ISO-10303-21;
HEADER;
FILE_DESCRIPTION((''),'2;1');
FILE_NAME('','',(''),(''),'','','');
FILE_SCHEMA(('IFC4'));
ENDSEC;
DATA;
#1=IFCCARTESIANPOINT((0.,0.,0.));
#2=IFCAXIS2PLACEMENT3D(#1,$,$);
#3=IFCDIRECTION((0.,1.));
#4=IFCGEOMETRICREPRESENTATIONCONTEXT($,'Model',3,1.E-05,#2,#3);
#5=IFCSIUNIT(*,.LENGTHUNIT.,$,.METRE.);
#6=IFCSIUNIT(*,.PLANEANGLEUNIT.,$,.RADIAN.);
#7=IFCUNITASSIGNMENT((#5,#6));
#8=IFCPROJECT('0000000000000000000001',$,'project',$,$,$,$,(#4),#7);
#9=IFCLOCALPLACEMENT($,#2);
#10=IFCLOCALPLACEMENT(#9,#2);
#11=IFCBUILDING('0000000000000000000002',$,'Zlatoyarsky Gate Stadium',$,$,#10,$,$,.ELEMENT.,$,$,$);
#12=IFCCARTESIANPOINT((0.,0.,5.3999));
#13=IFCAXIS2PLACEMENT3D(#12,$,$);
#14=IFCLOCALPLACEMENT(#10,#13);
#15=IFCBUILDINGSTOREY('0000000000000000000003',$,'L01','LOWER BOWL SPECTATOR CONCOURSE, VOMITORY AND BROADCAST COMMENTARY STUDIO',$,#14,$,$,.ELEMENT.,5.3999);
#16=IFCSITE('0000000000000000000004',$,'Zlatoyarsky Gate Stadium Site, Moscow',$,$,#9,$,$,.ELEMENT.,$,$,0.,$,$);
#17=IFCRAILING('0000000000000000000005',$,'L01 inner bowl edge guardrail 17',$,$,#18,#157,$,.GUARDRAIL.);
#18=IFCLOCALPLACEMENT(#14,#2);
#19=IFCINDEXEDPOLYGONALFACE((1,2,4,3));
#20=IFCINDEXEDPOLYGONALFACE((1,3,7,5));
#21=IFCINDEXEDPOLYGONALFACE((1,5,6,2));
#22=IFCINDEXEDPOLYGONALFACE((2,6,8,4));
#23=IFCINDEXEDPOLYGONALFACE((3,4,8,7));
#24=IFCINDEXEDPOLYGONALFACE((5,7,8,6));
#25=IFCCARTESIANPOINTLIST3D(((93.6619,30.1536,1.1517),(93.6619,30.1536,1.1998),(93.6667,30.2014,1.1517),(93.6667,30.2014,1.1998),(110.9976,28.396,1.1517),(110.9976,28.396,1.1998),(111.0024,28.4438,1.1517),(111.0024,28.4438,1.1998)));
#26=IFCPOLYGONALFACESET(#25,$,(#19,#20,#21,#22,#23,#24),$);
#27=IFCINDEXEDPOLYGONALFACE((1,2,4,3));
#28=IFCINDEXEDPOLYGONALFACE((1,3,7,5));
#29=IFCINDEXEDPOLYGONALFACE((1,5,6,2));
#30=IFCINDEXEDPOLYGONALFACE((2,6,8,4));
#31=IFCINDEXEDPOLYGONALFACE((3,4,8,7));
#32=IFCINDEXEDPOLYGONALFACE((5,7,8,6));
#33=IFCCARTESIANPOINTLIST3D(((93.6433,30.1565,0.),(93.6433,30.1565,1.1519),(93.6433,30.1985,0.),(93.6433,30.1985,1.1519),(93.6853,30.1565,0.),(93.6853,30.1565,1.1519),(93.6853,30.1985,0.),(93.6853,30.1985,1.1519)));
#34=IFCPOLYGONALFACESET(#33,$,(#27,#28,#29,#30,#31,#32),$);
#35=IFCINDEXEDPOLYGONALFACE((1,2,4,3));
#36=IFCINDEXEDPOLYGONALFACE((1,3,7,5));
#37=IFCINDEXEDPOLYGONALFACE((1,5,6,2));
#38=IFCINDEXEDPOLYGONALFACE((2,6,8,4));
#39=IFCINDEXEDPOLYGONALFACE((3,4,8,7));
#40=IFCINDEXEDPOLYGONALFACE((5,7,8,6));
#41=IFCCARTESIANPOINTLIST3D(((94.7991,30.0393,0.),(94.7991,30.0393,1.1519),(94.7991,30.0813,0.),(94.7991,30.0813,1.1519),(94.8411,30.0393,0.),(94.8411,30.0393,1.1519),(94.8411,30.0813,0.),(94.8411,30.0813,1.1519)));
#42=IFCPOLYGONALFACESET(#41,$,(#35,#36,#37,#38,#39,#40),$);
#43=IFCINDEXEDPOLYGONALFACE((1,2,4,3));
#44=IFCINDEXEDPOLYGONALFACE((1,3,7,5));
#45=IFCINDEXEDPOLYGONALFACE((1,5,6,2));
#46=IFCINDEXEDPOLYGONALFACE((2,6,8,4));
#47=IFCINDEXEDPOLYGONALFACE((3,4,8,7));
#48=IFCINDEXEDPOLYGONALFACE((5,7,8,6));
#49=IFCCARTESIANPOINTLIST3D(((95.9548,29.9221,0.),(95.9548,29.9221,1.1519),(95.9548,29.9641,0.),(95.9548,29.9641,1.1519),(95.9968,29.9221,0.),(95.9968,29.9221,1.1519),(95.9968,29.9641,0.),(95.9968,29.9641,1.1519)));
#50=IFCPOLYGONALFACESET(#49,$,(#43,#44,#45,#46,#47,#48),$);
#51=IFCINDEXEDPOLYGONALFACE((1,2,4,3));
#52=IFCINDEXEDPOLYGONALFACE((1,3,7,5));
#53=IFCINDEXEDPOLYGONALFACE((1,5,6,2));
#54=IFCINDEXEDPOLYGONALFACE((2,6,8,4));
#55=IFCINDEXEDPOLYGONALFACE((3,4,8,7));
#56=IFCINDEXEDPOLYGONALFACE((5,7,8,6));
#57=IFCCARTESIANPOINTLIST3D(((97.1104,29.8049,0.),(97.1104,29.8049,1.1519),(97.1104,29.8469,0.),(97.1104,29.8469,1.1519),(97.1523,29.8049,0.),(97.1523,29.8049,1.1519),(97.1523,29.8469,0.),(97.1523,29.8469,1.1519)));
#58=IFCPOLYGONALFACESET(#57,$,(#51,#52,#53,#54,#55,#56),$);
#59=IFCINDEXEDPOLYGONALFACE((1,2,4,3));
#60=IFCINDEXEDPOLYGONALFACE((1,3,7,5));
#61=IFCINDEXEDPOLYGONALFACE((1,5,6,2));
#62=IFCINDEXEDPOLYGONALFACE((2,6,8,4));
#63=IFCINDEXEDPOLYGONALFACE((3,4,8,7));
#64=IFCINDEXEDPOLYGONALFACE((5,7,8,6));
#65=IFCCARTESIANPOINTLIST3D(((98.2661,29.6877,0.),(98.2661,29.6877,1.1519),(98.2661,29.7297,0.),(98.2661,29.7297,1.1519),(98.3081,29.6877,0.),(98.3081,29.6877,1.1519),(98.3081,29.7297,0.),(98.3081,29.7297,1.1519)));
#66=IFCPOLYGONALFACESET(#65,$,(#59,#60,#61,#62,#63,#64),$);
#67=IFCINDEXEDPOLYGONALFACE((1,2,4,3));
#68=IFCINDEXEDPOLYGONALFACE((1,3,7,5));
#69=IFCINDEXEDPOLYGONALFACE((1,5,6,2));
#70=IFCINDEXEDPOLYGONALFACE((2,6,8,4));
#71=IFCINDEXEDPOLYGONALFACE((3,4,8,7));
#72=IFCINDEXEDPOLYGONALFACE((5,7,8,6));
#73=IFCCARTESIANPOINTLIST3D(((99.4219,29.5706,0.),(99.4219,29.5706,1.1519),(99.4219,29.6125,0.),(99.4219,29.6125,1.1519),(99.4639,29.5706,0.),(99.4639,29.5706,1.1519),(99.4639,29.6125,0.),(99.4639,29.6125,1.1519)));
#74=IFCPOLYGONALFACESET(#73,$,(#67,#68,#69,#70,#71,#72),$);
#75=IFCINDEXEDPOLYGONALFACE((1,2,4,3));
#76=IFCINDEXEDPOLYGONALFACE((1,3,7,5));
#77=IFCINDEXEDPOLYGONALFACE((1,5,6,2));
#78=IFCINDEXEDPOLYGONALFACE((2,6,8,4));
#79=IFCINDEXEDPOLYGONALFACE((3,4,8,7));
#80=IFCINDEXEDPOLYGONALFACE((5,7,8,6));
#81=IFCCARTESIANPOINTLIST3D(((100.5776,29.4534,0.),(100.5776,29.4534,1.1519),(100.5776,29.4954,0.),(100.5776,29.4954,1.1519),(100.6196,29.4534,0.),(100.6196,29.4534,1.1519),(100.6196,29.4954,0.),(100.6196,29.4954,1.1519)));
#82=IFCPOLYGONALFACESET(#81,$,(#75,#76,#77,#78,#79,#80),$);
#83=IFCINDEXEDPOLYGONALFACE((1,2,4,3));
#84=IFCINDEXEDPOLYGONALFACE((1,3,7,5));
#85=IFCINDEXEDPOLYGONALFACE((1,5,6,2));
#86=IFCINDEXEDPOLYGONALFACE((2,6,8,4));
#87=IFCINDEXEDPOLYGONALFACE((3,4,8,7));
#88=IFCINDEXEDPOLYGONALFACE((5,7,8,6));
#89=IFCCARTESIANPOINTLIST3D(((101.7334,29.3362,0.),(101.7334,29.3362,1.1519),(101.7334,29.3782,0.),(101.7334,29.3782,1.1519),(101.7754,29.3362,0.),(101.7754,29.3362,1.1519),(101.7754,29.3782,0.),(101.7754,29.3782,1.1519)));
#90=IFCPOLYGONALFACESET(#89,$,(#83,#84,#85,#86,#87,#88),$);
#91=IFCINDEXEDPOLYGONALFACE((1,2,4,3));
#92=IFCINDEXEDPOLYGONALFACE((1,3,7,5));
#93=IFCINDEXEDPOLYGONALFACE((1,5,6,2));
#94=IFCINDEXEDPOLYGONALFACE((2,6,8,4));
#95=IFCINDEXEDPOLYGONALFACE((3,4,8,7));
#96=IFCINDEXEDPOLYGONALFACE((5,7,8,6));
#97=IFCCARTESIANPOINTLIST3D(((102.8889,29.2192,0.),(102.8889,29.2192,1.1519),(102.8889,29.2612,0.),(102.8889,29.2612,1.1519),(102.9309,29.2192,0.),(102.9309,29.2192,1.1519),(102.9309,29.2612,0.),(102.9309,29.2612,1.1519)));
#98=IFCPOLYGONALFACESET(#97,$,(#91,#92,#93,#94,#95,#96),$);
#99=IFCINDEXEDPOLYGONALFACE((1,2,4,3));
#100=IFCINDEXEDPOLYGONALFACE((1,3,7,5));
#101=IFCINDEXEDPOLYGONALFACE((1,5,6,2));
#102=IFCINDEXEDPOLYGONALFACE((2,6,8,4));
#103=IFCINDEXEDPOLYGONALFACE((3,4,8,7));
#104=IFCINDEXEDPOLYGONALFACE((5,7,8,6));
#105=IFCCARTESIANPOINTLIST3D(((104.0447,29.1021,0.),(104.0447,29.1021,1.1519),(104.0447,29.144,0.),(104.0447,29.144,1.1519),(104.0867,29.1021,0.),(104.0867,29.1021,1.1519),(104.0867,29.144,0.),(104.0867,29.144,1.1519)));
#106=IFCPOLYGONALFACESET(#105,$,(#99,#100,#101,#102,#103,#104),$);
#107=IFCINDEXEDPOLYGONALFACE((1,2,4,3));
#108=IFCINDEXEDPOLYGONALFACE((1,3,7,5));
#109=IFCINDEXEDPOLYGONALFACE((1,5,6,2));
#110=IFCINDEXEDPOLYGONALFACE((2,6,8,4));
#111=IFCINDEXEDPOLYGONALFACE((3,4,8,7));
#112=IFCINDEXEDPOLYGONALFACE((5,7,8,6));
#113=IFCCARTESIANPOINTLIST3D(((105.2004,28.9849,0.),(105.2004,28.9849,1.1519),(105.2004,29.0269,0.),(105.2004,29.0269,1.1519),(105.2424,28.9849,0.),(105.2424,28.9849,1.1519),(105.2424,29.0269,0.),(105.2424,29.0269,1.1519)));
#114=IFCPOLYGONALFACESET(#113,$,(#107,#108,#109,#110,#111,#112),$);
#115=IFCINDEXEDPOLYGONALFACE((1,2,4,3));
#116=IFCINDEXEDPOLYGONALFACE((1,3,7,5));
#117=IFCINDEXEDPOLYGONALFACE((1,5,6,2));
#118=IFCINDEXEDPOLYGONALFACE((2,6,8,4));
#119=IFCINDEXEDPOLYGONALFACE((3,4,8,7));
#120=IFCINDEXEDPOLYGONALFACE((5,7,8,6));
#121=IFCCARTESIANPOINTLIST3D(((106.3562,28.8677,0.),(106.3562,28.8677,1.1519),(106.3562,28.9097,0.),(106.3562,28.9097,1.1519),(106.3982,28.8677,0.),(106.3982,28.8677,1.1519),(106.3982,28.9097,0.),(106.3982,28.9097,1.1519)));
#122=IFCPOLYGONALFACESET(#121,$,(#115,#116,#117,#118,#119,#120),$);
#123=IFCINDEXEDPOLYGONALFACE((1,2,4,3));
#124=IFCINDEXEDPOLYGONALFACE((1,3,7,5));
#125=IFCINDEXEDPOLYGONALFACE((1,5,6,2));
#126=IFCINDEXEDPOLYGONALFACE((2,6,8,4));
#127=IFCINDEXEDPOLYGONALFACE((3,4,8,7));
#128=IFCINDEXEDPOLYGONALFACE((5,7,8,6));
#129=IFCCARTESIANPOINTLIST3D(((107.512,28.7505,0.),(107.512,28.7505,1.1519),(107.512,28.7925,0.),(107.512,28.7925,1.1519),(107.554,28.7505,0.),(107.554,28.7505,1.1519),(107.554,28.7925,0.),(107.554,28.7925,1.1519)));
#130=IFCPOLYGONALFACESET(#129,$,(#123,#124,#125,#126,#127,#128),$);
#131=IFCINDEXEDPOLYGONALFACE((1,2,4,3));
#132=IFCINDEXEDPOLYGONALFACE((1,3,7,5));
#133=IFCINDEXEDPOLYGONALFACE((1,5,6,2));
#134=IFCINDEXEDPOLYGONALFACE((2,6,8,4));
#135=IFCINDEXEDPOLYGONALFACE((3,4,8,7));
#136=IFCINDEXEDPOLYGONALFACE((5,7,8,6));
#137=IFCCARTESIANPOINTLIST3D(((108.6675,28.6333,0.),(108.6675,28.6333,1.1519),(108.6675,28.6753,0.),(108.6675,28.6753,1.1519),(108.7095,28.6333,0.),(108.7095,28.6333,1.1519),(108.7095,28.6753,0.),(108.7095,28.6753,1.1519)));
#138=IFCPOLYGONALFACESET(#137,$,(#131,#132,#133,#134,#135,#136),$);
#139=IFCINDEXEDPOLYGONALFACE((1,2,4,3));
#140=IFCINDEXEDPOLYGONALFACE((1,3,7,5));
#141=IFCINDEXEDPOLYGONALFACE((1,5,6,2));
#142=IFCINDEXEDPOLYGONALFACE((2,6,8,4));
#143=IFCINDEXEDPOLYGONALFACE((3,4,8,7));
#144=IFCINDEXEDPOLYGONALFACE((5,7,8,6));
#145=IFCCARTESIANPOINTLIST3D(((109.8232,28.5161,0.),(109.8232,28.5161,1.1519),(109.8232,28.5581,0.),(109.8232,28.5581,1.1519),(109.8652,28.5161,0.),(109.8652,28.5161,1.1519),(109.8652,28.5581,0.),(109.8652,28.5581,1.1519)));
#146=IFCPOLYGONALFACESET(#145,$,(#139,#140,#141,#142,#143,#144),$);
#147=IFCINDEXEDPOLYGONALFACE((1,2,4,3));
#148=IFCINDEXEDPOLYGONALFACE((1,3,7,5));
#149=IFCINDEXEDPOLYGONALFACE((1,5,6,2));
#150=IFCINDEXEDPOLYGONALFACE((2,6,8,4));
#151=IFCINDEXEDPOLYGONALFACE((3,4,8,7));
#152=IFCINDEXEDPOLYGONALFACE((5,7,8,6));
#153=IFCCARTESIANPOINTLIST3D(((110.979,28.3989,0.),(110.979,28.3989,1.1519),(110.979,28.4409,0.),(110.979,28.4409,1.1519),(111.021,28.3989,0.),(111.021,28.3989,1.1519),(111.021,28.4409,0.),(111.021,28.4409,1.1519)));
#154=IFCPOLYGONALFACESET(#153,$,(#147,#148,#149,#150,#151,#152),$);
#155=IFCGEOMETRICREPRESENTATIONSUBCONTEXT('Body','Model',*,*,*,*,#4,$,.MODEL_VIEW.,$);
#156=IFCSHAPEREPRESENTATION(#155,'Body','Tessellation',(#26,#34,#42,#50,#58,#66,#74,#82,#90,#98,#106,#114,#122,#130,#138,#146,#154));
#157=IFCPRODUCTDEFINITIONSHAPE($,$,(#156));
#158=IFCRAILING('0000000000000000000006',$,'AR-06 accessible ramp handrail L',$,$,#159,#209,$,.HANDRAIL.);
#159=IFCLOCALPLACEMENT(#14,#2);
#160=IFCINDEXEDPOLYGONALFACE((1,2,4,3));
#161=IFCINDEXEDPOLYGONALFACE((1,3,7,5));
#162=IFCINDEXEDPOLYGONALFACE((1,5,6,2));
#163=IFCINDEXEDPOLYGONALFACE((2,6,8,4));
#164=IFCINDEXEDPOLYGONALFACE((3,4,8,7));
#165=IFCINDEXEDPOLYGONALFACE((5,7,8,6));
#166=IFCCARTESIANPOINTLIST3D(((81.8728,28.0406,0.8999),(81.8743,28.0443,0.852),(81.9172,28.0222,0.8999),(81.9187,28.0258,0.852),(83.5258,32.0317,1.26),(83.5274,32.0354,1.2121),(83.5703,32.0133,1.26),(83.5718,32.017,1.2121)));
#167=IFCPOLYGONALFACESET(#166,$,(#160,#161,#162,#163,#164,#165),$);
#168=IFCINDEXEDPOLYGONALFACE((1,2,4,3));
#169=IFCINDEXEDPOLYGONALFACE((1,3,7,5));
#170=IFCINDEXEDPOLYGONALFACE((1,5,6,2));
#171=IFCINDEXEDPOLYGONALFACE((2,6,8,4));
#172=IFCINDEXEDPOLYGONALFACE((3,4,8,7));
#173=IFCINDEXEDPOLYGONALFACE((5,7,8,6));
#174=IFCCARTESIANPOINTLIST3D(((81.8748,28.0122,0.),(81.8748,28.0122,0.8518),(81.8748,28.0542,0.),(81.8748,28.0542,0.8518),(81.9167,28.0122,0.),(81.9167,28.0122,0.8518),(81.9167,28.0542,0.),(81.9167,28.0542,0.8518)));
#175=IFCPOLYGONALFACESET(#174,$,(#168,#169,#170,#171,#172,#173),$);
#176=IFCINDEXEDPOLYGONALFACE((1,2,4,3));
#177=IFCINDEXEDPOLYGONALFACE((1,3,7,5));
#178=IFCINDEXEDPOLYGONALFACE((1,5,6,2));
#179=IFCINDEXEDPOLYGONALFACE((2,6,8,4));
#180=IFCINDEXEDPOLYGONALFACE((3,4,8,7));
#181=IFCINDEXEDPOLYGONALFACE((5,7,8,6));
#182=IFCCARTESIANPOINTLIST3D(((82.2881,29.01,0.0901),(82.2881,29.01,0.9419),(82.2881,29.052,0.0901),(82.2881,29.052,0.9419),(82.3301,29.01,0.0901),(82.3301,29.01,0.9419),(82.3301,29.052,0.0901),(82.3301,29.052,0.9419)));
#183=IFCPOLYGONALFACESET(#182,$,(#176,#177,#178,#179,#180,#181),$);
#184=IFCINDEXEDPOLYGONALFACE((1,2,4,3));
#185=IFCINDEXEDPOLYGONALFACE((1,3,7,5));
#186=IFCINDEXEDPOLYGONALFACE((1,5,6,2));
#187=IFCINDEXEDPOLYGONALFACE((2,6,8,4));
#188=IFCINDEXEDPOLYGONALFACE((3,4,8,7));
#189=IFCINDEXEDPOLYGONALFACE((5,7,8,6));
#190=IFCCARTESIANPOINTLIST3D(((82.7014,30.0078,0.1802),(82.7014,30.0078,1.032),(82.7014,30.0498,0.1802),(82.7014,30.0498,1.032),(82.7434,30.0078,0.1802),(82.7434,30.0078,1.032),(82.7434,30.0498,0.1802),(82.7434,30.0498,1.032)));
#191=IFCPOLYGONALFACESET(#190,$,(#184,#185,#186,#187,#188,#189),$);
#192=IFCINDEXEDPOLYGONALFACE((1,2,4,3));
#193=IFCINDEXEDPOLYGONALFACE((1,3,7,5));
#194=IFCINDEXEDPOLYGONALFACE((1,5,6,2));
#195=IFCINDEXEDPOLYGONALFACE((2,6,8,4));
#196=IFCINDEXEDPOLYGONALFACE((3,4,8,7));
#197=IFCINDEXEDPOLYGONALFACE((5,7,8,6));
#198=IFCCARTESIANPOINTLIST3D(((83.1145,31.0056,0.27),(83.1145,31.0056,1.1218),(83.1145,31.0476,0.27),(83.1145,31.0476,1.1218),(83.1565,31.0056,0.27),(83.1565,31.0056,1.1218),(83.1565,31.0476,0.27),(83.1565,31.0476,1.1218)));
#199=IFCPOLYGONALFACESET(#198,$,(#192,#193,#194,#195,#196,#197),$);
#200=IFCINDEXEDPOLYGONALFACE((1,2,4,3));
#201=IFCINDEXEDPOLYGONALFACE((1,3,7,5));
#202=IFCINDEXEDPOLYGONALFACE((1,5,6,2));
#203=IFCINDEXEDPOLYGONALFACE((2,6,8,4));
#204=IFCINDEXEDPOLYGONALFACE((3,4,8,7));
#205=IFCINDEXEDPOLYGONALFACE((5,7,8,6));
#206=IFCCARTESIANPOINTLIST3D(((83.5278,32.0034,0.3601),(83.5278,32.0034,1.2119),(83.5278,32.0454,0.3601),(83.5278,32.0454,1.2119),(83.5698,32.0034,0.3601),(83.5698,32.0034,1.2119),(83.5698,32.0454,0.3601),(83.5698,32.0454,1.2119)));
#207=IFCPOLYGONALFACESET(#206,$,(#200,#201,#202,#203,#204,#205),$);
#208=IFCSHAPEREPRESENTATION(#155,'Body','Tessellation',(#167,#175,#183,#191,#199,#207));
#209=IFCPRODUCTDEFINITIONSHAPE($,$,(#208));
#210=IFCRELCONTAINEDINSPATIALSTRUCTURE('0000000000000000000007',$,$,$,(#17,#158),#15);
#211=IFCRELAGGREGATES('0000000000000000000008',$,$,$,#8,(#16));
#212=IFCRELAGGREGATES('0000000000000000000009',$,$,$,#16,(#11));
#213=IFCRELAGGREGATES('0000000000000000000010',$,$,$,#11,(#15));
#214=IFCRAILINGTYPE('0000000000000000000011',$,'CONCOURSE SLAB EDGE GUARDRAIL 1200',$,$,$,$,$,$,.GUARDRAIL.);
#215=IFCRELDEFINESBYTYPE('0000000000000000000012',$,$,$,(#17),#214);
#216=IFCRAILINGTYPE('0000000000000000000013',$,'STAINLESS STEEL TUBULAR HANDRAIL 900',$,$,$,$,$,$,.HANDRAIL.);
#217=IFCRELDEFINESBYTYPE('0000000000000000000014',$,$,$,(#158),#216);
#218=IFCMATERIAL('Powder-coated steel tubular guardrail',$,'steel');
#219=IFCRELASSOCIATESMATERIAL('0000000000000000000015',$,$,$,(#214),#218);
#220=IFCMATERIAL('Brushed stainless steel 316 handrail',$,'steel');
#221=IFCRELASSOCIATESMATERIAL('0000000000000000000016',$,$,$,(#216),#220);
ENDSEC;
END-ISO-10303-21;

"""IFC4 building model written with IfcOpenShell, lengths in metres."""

from ifc_helpers import new_model, si_unit, direction, frame, origin, origin_2d, place, context, subcontext, project, spatial, rectangle, extrude, material, type_object, element, save


model = new_model("IFC4")

# Units and contexts
model_context = context("Model", 3, precision=1e-05, world=origin(), true_north=direction((0.0, 1.0)))
body_context = subcontext(model_context, "Body", "Model", "MODEL_VIEW")
ifc_project = project(units=[si_unit("LENGTHUNIT", "METRE"), si_unit("PLANEANGLEUNIT", "RADIAN")], contexts=[model_context])

# Site, building, storey
site_placement = place(None, origin())
site = spatial("IfcSite", under=ifc_project, at=site_placement, Name="Zlatoyarsky Gate Stadium Site, Moscow", CompositionType="ELEMENT", RefElevation=0.0)
building_placement = place(site_placement, origin())
building = spatial("IfcBuilding", under=site, at=building_placement, Name="Zlatoyarsky Gate Stadium", CompositionType="ELEMENT")
storey_placement = place(building_placement, frame((0.0, 0.0, 5.3999)))
storey = spatial("IfcBuildingStorey", under=building, at=storey_placement, Name="L01", Description="LOWER BOWL SPECTATOR CONCOURSE, VOMITORY AND BROADCAST COMMENTARY STUDIO", CompositionType="ELEMENT", Elevation=5.3999)

# Railings
ifc_material_1 = material(Name="Powder-coated steel tubular guardrail", Category="steel")
railing_type_1 = type_object("IfcRailingType", Name="CONCOURSE SLAB EDGE GUARDRAIL 1200", PredefinedType="GUARDRAIL", material=ifc_material_1)
railing_1_placement = place(storey_placement, frame((93.6643, 30.1775, 0.0)))
element("IfcRailing", 1, at=railing_1_placement, inside=storey, type_object=railing_type_1, Name="L01 inner bowl edge guardrail 17", PredefinedType="GUARDRAIL", context=body_context, shape_type="SweptSolid", body=[
    extrude(rectangle(XDim=0.0481, YDim=0.0481, at=origin_2d()), frame((0.0, 0.0, 1.1758), z_axis=(0.9949, -0.100867, 0.0), x_axis=(0.100867, 0.9949, 0.0)), (0.0, 0.0, 1.0), 17.4246),
    extrude(rectangle(XDim=0.042, YDim=0.042, at=origin_2d()), origin(), (0.0, 0.0, 1.0), 1.1519),
    extrude(rectangle(XDim=0.042, YDim=0.042, at=origin_2d()), frame((1.1558, -0.1172, 0.0)), (0.0, 0.0, 1.0), 1.1519),
    extrude(rectangle(XDim=0.042, YDim=0.042, at=origin_2d()), frame((2.3115, -0.2344, 0.0)), (0.0, 0.0, 1.0), 1.1519),
    extrude(rectangle(XDim=0.042, YDim=0.042, at=origin_2d()), frame((3.467, -0.3516, 0.0)), (0.0, 0.0, 1.0), 1.1519),
    extrude(rectangle(XDim=0.042, YDim=0.042, at=origin_2d()), frame((4.6228, -0.4688, 0.0)), (0.0, 0.0, 1.0), 1.1519),
    extrude(rectangle(XDim=0.042, YDim=0.042, at=origin_2d()), frame((5.7786, -0.5859, 0.0)), (0.0, 0.0, 1.0), 1.1519),
    extrude(rectangle(XDim=0.042, YDim=0.042, at=origin_2d()), frame((6.9343, -0.7031, 0.0)), (0.0, 0.0, 1.0), 1.1519),
    extrude(rectangle(XDim=0.042, YDim=0.042, at=origin_2d()), frame((8.0901, -0.8203, 0.0)), (0.0, 0.0, 1.0), 1.1519),
    extrude(rectangle(XDim=0.042, YDim=0.042, at=origin_2d()), frame((9.2456, -0.9373, 0.0)), (0.0, 0.0, 1.0), 1.1519),
    extrude(rectangle(XDim=0.042, YDim=0.042, at=origin_2d()), frame((10.4014, -1.0544, 0.0)), (0.0, 0.0, 1.0), 1.1519),
    extrude(rectangle(XDim=0.042, YDim=0.042, at=origin_2d()), frame((11.5571, -1.1716, 0.0)), (0.0, 0.0, 1.0), 1.1519),
    extrude(rectangle(XDim=0.042, YDim=0.042, at=origin_2d()), frame((12.7129, -1.2888, 0.0)), (0.0, 0.0, 1.0), 1.1519),
    extrude(rectangle(XDim=0.042, YDim=0.042, at=origin_2d()), frame((13.8687, -1.406, 0.0)), (0.0, 0.0, 1.0), 1.1519),
    extrude(rectangle(XDim=0.042, YDim=0.042, at=origin_2d()), frame((15.0242, -1.5232, 0.0)), (0.0, 0.0, 1.0), 1.1519),
    extrude(rectangle(XDim=0.042, YDim=0.042, at=origin_2d()), frame((16.1799, -1.6404, 0.0)), (0.0, 0.0, 1.0), 1.1519),
    extrude(rectangle(XDim=0.042, YDim=0.042, at=origin_2d()), frame((17.3357, -1.7576, 0.0)), (0.0, 0.0, 1.0), 1.1519),
])
ifc_material_2 = material(Name="Brushed stainless steel 316 handrail", Category="steel")
railing_type_2 = type_object("IfcRailingType", Name="STAINLESS STEEL TUBULAR HANDRAIL 900", PredefinedType="HANDRAIL", material=ifc_material_2)
railing_2_placement = place(storey_placement, frame((81.8958, 28.0332, 0.0)))
element("IfcRailing", 2, at=railing_2_placement, inside=storey, type_object=railing_type_2, Name="AR-06 accessible ramp handrail L", PredefinedType="HANDRAIL", context=body_context, shape_type="SweptSolid", body=[
    extrude(rectangle(XDim=0.0481, YDim=0.0481, at=origin_2d()), frame((0.0, 0.0, 0.876), z_axis=(0.381334, 0.920698, 0.08307), x_axis=(-0.923891, 0.382656, 0.0)), (0.0, 0.0, 1.0), 4.335),
    extrude(rectangle(XDim=0.042, YDim=0.042, at=origin_2d()), origin(), (0.0, 0.0, 1.0), 0.8518),
    extrude(rectangle(XDim=0.042, YDim=0.042, at=origin_2d()), frame((0.4133, 0.9978, 0.0901)), (0.0, 0.0, 1.0), 0.8518),
    extrude(rectangle(XDim=0.042, YDim=0.042, at=origin_2d()), frame((0.8267, 1.9956, 0.1802)), (0.0, 0.0, 1.0), 0.8518),
    extrude(rectangle(XDim=0.042, YDim=0.042, at=origin_2d()), frame((1.2397, 2.9934, 0.27)), (0.0, 0.0, 1.0), 0.8518),
    extrude(rectangle(XDim=0.042, YDim=0.042, at=origin_2d()), frame((1.6531, 3.9912, 0.3601)), (0.0, 0.0, 1.0), 0.8518),
])

save(model, "model.ifc")
